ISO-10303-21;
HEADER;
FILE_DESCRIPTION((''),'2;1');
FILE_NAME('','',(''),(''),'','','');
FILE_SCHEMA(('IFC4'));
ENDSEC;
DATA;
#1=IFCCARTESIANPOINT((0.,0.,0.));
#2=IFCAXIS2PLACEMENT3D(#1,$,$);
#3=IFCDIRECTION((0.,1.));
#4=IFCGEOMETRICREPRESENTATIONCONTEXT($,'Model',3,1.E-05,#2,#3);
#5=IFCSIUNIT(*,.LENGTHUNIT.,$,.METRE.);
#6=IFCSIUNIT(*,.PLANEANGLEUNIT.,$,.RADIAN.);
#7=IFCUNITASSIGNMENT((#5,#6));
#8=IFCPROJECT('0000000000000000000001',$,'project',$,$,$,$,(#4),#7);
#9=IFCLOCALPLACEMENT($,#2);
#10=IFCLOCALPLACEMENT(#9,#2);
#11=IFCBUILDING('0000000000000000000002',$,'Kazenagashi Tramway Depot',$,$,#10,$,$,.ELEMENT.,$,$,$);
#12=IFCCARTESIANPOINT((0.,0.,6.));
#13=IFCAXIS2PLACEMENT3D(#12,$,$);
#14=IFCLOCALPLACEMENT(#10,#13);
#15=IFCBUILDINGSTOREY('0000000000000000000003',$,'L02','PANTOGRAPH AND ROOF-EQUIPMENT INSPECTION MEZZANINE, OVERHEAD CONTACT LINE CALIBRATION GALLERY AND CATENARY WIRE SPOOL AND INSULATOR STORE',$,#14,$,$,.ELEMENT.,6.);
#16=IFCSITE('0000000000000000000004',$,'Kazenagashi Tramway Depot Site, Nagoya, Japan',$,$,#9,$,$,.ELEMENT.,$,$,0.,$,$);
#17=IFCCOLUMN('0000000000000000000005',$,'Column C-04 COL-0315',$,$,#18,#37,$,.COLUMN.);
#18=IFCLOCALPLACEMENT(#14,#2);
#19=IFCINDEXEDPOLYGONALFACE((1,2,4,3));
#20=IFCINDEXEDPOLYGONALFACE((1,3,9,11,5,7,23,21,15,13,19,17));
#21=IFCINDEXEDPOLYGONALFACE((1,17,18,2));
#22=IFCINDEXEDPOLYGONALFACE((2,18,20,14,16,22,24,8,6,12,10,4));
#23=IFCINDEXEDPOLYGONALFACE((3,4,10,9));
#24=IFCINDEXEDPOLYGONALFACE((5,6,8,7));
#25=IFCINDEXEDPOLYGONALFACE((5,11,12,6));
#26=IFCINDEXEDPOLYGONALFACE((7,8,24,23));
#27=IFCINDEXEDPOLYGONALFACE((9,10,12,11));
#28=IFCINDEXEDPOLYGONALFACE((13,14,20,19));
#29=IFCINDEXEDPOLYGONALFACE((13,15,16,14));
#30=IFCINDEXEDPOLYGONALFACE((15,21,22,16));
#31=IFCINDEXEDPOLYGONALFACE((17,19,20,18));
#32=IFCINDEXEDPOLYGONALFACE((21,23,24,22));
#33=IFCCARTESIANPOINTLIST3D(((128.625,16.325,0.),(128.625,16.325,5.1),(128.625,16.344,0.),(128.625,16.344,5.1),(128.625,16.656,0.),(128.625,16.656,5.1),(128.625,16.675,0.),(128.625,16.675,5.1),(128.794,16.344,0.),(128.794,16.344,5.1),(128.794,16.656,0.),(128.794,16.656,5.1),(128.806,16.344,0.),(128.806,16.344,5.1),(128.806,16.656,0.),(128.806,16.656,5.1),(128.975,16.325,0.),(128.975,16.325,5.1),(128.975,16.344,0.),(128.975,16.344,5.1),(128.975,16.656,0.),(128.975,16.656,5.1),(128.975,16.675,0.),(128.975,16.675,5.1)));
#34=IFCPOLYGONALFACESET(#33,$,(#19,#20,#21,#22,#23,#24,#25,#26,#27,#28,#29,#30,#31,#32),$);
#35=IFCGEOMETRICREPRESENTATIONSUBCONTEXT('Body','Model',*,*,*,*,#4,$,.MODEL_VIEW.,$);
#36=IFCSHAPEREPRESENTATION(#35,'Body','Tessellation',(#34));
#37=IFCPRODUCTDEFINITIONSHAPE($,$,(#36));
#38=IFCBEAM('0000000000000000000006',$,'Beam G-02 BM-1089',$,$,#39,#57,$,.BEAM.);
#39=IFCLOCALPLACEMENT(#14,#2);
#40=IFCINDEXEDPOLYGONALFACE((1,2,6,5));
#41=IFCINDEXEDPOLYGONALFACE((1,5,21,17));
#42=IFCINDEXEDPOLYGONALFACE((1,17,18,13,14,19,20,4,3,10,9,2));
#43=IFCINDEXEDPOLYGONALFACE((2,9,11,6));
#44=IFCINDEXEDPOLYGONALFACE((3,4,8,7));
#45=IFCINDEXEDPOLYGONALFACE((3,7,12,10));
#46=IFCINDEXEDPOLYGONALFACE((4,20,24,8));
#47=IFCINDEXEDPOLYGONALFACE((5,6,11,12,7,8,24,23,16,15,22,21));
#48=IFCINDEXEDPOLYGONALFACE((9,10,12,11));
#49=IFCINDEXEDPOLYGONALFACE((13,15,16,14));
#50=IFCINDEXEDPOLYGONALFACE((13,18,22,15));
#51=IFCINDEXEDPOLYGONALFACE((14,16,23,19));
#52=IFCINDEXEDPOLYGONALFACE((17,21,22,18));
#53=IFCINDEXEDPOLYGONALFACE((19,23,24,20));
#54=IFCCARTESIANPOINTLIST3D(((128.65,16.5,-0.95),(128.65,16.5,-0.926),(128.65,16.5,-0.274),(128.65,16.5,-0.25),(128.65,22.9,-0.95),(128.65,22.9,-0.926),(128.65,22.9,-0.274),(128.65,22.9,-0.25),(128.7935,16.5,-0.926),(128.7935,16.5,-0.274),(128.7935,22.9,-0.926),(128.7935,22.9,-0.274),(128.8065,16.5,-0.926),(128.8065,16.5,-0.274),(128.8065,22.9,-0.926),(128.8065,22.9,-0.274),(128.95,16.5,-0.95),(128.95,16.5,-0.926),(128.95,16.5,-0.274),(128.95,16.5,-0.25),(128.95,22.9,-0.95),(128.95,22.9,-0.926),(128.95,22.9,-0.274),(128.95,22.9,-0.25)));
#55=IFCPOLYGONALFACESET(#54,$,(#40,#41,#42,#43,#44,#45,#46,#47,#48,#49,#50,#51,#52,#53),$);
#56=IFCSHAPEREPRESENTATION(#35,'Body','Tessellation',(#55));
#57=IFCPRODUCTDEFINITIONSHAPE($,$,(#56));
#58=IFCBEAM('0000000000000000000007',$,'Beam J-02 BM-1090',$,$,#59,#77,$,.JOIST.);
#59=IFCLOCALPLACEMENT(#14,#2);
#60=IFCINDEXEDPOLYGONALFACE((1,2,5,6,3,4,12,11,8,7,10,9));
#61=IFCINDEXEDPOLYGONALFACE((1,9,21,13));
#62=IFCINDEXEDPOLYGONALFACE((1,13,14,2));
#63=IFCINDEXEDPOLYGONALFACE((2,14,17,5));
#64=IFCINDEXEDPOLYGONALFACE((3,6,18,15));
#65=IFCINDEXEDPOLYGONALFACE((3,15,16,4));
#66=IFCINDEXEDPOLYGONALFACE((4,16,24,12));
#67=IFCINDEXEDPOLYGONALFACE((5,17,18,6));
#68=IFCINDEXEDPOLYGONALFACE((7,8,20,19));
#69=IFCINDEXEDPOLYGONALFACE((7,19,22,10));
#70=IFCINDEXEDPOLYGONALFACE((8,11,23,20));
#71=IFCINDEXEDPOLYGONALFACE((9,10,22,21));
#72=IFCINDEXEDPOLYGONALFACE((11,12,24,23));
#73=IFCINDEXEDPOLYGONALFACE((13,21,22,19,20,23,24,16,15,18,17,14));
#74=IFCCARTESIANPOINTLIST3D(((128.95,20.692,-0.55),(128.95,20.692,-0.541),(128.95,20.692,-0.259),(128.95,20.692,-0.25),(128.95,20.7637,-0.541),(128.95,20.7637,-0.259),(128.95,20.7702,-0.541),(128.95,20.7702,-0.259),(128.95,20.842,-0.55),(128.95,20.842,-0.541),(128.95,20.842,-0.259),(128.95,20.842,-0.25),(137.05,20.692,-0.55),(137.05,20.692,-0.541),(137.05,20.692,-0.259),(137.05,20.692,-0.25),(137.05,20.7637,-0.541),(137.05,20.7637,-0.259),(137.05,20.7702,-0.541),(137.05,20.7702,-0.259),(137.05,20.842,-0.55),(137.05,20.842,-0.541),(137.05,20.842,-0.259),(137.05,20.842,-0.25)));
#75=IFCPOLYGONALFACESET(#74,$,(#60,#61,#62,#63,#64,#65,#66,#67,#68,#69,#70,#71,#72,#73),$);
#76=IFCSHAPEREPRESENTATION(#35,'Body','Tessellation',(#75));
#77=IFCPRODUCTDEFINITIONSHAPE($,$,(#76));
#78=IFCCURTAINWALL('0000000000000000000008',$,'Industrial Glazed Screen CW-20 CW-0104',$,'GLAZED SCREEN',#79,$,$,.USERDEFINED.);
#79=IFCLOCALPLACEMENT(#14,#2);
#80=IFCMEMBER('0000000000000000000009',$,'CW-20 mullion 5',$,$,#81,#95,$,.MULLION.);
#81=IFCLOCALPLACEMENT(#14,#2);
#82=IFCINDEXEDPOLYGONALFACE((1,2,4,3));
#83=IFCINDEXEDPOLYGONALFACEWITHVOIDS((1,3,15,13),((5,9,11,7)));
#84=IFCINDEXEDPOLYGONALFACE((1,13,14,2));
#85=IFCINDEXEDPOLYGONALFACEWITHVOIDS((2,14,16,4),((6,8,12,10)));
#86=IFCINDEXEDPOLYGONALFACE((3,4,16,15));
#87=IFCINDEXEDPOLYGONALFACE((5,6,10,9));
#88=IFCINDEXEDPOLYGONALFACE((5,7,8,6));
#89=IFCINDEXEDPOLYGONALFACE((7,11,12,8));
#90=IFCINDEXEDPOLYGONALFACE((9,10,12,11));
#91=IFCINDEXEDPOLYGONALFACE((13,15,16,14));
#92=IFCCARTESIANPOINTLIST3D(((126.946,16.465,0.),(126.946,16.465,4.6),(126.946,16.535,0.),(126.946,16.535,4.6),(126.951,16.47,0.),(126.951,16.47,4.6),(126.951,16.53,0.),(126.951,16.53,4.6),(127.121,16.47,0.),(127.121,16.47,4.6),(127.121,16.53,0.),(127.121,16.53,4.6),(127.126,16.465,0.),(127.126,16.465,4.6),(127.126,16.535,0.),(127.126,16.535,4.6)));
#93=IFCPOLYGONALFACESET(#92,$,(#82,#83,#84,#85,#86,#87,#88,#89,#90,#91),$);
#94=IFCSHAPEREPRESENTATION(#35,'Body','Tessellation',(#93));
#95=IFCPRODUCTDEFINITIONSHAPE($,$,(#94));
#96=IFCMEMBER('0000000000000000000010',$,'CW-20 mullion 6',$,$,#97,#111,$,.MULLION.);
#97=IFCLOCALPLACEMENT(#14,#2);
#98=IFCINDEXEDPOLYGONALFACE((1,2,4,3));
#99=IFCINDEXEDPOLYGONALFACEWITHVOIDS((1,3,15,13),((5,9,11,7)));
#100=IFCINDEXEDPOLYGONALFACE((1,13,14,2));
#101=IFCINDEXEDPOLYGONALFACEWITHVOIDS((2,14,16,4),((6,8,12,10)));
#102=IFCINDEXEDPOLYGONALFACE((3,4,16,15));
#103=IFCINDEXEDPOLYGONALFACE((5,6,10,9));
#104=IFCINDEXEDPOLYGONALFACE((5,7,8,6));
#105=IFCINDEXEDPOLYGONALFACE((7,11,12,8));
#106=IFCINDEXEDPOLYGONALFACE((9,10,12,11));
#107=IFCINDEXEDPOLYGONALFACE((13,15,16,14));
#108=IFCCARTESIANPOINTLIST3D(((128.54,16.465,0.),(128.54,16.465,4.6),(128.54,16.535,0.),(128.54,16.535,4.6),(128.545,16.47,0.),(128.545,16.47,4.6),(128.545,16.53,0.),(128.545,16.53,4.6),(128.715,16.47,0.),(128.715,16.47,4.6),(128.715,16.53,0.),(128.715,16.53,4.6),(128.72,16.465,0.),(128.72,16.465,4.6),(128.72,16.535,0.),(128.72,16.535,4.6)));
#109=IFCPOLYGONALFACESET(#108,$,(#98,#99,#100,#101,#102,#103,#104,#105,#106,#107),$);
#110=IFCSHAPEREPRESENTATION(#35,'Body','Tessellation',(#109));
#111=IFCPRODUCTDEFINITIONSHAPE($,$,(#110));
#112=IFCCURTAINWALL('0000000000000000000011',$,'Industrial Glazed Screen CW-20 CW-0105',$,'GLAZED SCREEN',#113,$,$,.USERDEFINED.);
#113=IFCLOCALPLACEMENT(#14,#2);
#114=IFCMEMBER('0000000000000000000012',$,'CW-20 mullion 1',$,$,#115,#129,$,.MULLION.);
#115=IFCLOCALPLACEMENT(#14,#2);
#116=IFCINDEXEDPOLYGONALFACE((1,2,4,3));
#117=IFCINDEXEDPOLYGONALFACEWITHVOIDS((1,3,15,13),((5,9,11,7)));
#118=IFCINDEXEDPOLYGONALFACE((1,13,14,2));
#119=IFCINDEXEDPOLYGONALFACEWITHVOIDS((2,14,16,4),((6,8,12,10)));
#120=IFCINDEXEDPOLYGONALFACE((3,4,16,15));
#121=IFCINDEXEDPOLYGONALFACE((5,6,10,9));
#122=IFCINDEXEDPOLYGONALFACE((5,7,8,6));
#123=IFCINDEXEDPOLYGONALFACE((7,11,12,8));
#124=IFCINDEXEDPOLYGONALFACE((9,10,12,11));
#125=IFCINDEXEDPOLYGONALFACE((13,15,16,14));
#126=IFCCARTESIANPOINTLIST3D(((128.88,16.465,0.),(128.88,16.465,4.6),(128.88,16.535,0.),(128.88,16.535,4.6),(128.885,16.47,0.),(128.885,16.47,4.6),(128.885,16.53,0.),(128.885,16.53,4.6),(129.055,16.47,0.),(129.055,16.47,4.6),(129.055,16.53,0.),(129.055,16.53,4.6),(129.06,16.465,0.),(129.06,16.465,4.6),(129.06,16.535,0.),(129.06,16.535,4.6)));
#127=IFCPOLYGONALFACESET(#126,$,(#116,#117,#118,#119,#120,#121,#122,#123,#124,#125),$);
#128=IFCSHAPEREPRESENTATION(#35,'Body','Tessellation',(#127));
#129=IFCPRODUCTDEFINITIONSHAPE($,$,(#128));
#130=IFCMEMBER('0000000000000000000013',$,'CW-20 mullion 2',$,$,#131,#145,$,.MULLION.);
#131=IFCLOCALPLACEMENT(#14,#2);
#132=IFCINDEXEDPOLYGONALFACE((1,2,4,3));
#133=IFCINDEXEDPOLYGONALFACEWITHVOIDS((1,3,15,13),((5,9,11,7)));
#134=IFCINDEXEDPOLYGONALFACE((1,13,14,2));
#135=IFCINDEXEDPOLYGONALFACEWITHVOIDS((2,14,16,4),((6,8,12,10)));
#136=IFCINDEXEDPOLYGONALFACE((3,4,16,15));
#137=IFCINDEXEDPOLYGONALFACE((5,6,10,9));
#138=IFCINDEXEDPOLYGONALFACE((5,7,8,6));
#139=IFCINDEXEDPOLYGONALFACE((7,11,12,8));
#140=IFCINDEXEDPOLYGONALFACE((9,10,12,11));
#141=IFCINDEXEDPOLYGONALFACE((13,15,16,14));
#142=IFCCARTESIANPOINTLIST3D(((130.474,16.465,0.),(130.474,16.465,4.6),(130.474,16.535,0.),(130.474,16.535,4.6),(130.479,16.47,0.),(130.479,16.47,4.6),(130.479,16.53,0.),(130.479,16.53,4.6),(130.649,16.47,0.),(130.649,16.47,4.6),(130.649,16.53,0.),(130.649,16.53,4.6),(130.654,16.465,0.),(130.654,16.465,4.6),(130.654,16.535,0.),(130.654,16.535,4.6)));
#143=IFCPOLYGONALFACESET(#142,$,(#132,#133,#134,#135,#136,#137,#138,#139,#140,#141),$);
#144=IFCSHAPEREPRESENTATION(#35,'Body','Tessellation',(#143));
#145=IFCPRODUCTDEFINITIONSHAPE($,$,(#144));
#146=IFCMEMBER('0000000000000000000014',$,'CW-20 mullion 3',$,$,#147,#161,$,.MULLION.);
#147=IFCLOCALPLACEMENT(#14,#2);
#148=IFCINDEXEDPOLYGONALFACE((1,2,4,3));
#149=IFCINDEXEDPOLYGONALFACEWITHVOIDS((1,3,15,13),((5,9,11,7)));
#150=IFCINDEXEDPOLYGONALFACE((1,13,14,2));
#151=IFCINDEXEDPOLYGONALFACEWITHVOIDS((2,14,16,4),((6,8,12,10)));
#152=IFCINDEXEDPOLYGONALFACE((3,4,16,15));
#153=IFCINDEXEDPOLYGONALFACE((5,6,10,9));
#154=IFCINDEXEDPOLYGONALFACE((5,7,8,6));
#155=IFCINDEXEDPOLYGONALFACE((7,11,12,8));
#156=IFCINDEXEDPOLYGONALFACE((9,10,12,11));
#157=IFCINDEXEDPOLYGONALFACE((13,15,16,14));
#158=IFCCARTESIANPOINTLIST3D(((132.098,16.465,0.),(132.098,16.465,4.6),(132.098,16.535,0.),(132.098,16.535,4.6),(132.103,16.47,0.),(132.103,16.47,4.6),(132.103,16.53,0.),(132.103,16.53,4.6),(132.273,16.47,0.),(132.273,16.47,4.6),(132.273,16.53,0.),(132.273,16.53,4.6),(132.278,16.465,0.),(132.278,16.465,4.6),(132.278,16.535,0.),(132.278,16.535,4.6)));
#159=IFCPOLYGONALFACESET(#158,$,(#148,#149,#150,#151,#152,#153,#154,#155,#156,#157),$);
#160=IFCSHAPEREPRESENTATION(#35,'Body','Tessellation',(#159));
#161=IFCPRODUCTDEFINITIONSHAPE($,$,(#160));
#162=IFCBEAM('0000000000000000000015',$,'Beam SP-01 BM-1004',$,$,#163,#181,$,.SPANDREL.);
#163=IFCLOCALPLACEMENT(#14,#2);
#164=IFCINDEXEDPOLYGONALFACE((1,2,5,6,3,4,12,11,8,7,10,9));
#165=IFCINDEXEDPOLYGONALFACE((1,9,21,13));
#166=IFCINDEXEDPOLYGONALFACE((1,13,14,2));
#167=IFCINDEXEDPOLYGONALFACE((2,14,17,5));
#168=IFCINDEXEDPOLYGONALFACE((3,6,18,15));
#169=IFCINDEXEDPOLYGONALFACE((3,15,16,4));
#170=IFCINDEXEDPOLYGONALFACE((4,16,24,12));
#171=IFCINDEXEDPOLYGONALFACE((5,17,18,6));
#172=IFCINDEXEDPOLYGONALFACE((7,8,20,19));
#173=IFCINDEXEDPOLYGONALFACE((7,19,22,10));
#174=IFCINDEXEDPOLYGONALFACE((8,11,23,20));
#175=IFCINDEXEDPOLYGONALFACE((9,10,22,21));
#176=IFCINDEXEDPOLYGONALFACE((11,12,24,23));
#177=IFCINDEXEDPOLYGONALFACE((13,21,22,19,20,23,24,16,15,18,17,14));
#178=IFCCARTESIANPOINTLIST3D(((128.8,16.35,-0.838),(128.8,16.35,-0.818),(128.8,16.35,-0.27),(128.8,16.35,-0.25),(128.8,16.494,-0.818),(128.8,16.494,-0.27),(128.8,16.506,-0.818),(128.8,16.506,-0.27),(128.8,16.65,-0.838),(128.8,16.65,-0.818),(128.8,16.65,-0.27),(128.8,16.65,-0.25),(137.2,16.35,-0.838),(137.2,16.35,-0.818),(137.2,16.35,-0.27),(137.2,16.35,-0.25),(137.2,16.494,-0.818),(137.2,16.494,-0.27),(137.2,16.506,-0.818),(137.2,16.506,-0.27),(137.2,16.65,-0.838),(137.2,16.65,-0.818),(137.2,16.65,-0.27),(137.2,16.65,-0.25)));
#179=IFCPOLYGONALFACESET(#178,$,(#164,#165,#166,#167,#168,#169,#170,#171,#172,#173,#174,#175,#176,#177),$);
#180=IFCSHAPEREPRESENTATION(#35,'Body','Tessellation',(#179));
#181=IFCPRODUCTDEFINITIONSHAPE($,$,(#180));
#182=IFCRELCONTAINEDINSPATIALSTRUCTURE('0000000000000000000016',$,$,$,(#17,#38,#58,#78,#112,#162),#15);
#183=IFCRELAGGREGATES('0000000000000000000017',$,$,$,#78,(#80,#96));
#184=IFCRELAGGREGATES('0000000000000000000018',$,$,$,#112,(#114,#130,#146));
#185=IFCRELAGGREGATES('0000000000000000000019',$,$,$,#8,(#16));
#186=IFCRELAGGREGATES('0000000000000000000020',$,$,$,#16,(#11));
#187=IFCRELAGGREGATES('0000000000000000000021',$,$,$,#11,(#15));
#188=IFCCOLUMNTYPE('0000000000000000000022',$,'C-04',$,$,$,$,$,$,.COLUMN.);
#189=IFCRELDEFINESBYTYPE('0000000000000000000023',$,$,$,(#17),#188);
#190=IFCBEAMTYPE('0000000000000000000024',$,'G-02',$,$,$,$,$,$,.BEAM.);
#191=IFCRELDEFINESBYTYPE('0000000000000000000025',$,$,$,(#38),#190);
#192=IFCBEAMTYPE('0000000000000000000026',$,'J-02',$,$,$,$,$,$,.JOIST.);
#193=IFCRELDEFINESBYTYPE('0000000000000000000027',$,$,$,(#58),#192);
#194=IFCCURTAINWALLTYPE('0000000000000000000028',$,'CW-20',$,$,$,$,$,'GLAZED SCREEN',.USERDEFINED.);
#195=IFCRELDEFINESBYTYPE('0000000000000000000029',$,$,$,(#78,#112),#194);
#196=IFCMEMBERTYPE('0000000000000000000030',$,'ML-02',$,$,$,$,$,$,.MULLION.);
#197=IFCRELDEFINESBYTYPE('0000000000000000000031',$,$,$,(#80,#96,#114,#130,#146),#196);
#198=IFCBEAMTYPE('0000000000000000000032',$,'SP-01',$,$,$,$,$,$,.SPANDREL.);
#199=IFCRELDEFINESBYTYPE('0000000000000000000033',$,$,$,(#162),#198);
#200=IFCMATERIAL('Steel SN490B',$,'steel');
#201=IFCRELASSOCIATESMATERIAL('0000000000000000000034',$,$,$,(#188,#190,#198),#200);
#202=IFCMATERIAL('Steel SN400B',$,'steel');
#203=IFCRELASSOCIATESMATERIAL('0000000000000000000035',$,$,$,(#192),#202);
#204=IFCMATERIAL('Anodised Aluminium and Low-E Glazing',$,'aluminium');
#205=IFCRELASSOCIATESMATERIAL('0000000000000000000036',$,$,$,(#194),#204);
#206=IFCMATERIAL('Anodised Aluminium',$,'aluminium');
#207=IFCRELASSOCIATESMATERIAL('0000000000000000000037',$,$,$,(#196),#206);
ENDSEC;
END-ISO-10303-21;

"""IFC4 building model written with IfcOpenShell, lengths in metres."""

from ifc_helpers import new_model, si_unit, direction, frame, origin, origin_2d, place, context, subcontext, project, spatial, hollow_rectangle, i_section, extrude, material, material_profile, profile_set, type_object, element, aggregate, save


model = new_model("IFC4")

# Units and contexts
model_context = context("Model", 3, precision=1e-05, world=origin(), true_north=direction((0.0, 1.0)))
body_context = subcontext(model_context, "Body", "Model", "MODEL_VIEW")
ifc_project = project(units=[si_unit("LENGTHUNIT", "METRE"), si_unit("PLANEANGLEUNIT", "RADIAN")], contexts=[model_context])

# Site, building, storey
site_placement = place(None, origin())
site = spatial("IfcSite", under=ifc_project, at=site_placement, Name="Kazenagashi Tramway Depot Site, Nagoya, Japan", CompositionType="ELEMENT", RefElevation=0.0)
building_placement = place(site_placement, origin())
building = spatial("IfcBuilding", under=site, at=building_placement, Name="Kazenagashi Tramway Depot", CompositionType="ELEMENT")
storey_placement = place(building_placement, frame((0.0, 0.0, 6.0)))
storey = spatial("IfcBuildingStorey", under=building, at=storey_placement, Name="L02", Description="PANTOGRAPH AND ROOF-EQUIPMENT INSPECTION MEZZANINE, OVERHEAD CONTACT LINE CALIBRATION GALLERY AND CATENARY WIRE SPOOL AND INSULATOR STORE", CompositionType="ELEMENT", Elevation=6.0)

# Column
ifc_material_1 = material(Name="Steel SN490B", Category="steel")
ifc_material_profile_1 = material_profile(ifc_material_1, i_section(OverallWidth=0.35, OverallDepth=0.35, WebThickness=0.012, FlangeThickness=0.019, at=origin_2d()), Name="H-350x350x12x19")
ifc_profile_set_1 = profile_set([ifc_material_profile_1], Name="Steel SN490B")
column_type = type_object("IfcColumnType", Name="C-04", PredefinedType="COLUMN", material=ifc_profile_set_1)
column_placement = place(storey_placement, frame((128.8, 16.5, 0.0), z_axis=(0.0, 0.0, 1.0), x_axis=(1.0, 0.0, 0.0)))
element("IfcColumn", 1, at=column_placement, inside=storey, type_object=column_type, Name="Column C-04 COL-0315", PredefinedType="COLUMN", context=body_context, shape_type="SweptSolid", body=[
    extrude(i_section(OverallWidth=0.35, OverallDepth=0.35, WebThickness=0.012, FlangeThickness=0.019, at=origin_2d()), origin(), (0.0, 0.0, 1.0), 5.1),
])

# Beams
ifc_material_profile_2 = material_profile(ifc_material_1, i_section(OverallWidth=0.3, OverallDepth=0.7, WebThickness=0.013, FlangeThickness=0.024, at=origin_2d()), Name="H-700x300x13x24")
ifc_profile_set_2 = profile_set([ifc_material_profile_2], Name="Steel SN490B")
beam_type_1 = type_object("IfcBeamType", Name="G-02", PredefinedType="BEAM", material=ifc_profile_set_2)
beam_1_placement = place(storey_placement, frame((128.8, 16.5, -0.6), z_axis=(0.0, 1.0, 0.0), x_axis=(-1.0, 0.0, 0.0)))
element("IfcBeam", 2, at=beam_1_placement, inside=storey, type_object=beam_type_1, Name="Beam G-02 BM-1089", PredefinedType="BEAM", context=body_context, shape_type="SweptSolid", body=[
    extrude(i_section(OverallWidth=0.3, OverallDepth=0.7, WebThickness=0.013, FlangeThickness=0.024, at=origin_2d()), origin(), (0.0, 0.0, 1.0), 6.4),
])
ifc_material_2 = material(Name="Steel SN400B", Category="steel")
ifc_material_profile_3 = material_profile(ifc_material_2, i_section(OverallWidth=0.15, OverallDepth=0.3, WebThickness=0.0065, FlangeThickness=0.009, at=origin_2d()), Name="H-300x150x6.5x9")
ifc_profile_set_3 = profile_set([ifc_material_profile_3], Name="Steel SN400B")
beam_type_2 = type_object("IfcBeamType", Name="J-02", PredefinedType="JOIST", material=ifc_profile_set_3)
beam_2_placement = place(storey_placement, frame((128.95, 20.767, -0.4), z_axis=(1.0, 0.0, 0.0), x_axis=(0.0, 1.0, 0.0)))
element("IfcBeam", 3, at=beam_2_placement, inside=storey, type_object=beam_type_2, Name="Beam J-02 BM-1090", PredefinedType="JOIST", context=body_context, shape_type="SweptSolid", body=[
    extrude(i_section(OverallWidth=0.15, OverallDepth=0.3, WebThickness=0.0065, FlangeThickness=0.009, at=origin_2d()), origin(), (0.0, 0.0, 1.0), 8.1),
])

# Curtain walls, members
ifc_material_3 = material(Name="Anodised Aluminium and Low-E Glazing", Category="aluminium")
curtain_wall_type = type_object("IfcCurtainWallType", Name="CW-20", ElementType="GLAZED SCREEN", PredefinedType="USERDEFINED", material=ifc_material_3)
curtain_wall_1_placement = place(storey_placement, origin())
curtain_wall_1 = element("IfcCurtainWall", 4, at=curtain_wall_1_placement, inside=storey, type_object=curtain_wall_type, Name="Industrial Glazed Screen CW-20 CW-0104", ObjectType="GLAZED SCREEN", PredefinedType="USERDEFINED")
ifc_material_4 = material(Name="Anodised Aluminium", Category="aluminium")
ifc_material_profile_4 = material_profile(ifc_material_4, hollow_rectangle(XDim=0.07, YDim=0.18, WallThickness=0.005, at=origin_2d()), Name="RHS-180x70x5")
ifc_profile_set_4 = profile_set([ifc_material_profile_4], Name="Anodised Aluminium")
member_type_1 = type_object("IfcMemberType", Name="ML-02", PredefinedType="MULLION", material=ifc_profile_set_4)
member_1_placement = place(storey_placement, frame((127.036, 16.5, 0.0), z_axis=(0.0, 0.0, 1.0), x_axis=(0.0, 1.0, 0.0)))
member_1 = element("IfcMember", 5, at=member_1_placement, type_object=member_type_1, Name="CW-20 mullion 5", PredefinedType="MULLION", context=body_context, shape_type="SweptSolid", body=[
    extrude(hollow_rectangle(XDim=0.07, YDim=0.18, WallThickness=0.005, at=origin_2d()), origin(), (0.0, 0.0, 1.0), 4.6),
])
member_2_placement = place(storey_placement, frame((128.63, 16.5, 0.0), z_axis=(0.0, 0.0, 1.0), x_axis=(0.0, 1.0, 0.0)))
member_2 = element("IfcMember", 6, at=member_2_placement, type_object=member_type_1, Name="CW-20 mullion 6", PredefinedType="MULLION", context=body_context, shape_type="SweptSolid", body=[
    extrude(hollow_rectangle(XDim=0.07, YDim=0.18, WallThickness=0.005, at=origin_2d()), origin(), (0.0, 0.0, 1.0), 4.6),
])
curtain_wall_2_placement = place(storey_placement, origin())
curtain_wall_2 = element("IfcCurtainWall", 7, at=curtain_wall_2_placement, inside=storey, type_object=curtain_wall_type, Name="Industrial Glazed Screen CW-20 CW-0105", ObjectType="GLAZED SCREEN", PredefinedType="USERDEFINED")
member_3_placement = place(storey_placement, frame((128.97, 16.5, 0.0), z_axis=(0.0, 0.0, 1.0), x_axis=(0.0, 1.0, 0.0)))
member_3 = element("IfcMember", 8, at=member_3_placement, type_object=member_type_1, Name="CW-20 mullion 1", PredefinedType="MULLION", context=body_context, shape_type="SweptSolid", body=[
    extrude(hollow_rectangle(XDim=0.07, YDim=0.18, WallThickness=0.005, at=origin_2d()), origin(), (0.0, 0.0, 1.0), 4.6),
])
member_4_placement = place(storey_placement, frame((130.564, 16.5, 0.0), z_axis=(0.0, 0.0, 1.0), x_axis=(0.0, 1.0, 0.0)))
member_4 = element("IfcMember", 9, at=member_4_placement, type_object=member_type_1, Name="CW-20 mullion 2", PredefinedType="MULLION", context=body_context, shape_type="SweptSolid", body=[
    extrude(hollow_rectangle(XDim=0.07, YDim=0.18, WallThickness=0.005, at=origin_2d()), origin(), (0.0, 0.0, 1.0), 4.6),
])
member_5_placement = place(storey_placement, frame((132.188, 16.5, 0.0), z_axis=(0.0, 0.0, 1.0), x_axis=(0.0, 1.0, 0.0)))
member_5 = element("IfcMember", 10, at=member_5_placement, type_object=member_type_1, Name="CW-20 mullion 3", PredefinedType="MULLION", context=body_context, shape_type="SweptSolid", body=[
    extrude(hollow_rectangle(XDim=0.07, YDim=0.18, WallThickness=0.005, at=origin_2d()), origin(), (0.0, 0.0, 1.0), 4.6),
])

# Beam
ifc_material_profile_5 = material_profile(ifc_material_1, i_section(OverallWidth=0.3, OverallDepth=0.588, WebThickness=0.012, FlangeThickness=0.02, at=origin_2d()), Name="H-588x300x12x20")
ifc_profile_set_5 = profile_set([ifc_material_profile_5], Name="Steel SN490B")
beam_type_3 = type_object("IfcBeamType", Name="SP-01", PredefinedType="SPANDREL", material=ifc_profile_set_5)
beam_3_placement = place(storey_placement, frame((128.8, 16.5, -0.544), z_axis=(1.0, 0.0, 0.0), x_axis=(0.0, 1.0, 0.0)))
element("IfcBeam", 11, at=beam_3_placement, inside=storey, type_object=beam_type_3, Name="Beam SP-01 BM-1004", PredefinedType="SPANDREL", context=body_context, shape_type="SweptSolid", body=[
    extrude(i_section(OverallWidth=0.3, OverallDepth=0.588, WebThickness=0.012, FlangeThickness=0.02, at=origin_2d()), origin(), (0.0, 0.0, 1.0), 8.4),
])

aggregate(curtain_wall_1, [member_1, member_2])
aggregate(curtain_wall_2, [member_3, member_4, member_5])

save(model, "model.ifc")
